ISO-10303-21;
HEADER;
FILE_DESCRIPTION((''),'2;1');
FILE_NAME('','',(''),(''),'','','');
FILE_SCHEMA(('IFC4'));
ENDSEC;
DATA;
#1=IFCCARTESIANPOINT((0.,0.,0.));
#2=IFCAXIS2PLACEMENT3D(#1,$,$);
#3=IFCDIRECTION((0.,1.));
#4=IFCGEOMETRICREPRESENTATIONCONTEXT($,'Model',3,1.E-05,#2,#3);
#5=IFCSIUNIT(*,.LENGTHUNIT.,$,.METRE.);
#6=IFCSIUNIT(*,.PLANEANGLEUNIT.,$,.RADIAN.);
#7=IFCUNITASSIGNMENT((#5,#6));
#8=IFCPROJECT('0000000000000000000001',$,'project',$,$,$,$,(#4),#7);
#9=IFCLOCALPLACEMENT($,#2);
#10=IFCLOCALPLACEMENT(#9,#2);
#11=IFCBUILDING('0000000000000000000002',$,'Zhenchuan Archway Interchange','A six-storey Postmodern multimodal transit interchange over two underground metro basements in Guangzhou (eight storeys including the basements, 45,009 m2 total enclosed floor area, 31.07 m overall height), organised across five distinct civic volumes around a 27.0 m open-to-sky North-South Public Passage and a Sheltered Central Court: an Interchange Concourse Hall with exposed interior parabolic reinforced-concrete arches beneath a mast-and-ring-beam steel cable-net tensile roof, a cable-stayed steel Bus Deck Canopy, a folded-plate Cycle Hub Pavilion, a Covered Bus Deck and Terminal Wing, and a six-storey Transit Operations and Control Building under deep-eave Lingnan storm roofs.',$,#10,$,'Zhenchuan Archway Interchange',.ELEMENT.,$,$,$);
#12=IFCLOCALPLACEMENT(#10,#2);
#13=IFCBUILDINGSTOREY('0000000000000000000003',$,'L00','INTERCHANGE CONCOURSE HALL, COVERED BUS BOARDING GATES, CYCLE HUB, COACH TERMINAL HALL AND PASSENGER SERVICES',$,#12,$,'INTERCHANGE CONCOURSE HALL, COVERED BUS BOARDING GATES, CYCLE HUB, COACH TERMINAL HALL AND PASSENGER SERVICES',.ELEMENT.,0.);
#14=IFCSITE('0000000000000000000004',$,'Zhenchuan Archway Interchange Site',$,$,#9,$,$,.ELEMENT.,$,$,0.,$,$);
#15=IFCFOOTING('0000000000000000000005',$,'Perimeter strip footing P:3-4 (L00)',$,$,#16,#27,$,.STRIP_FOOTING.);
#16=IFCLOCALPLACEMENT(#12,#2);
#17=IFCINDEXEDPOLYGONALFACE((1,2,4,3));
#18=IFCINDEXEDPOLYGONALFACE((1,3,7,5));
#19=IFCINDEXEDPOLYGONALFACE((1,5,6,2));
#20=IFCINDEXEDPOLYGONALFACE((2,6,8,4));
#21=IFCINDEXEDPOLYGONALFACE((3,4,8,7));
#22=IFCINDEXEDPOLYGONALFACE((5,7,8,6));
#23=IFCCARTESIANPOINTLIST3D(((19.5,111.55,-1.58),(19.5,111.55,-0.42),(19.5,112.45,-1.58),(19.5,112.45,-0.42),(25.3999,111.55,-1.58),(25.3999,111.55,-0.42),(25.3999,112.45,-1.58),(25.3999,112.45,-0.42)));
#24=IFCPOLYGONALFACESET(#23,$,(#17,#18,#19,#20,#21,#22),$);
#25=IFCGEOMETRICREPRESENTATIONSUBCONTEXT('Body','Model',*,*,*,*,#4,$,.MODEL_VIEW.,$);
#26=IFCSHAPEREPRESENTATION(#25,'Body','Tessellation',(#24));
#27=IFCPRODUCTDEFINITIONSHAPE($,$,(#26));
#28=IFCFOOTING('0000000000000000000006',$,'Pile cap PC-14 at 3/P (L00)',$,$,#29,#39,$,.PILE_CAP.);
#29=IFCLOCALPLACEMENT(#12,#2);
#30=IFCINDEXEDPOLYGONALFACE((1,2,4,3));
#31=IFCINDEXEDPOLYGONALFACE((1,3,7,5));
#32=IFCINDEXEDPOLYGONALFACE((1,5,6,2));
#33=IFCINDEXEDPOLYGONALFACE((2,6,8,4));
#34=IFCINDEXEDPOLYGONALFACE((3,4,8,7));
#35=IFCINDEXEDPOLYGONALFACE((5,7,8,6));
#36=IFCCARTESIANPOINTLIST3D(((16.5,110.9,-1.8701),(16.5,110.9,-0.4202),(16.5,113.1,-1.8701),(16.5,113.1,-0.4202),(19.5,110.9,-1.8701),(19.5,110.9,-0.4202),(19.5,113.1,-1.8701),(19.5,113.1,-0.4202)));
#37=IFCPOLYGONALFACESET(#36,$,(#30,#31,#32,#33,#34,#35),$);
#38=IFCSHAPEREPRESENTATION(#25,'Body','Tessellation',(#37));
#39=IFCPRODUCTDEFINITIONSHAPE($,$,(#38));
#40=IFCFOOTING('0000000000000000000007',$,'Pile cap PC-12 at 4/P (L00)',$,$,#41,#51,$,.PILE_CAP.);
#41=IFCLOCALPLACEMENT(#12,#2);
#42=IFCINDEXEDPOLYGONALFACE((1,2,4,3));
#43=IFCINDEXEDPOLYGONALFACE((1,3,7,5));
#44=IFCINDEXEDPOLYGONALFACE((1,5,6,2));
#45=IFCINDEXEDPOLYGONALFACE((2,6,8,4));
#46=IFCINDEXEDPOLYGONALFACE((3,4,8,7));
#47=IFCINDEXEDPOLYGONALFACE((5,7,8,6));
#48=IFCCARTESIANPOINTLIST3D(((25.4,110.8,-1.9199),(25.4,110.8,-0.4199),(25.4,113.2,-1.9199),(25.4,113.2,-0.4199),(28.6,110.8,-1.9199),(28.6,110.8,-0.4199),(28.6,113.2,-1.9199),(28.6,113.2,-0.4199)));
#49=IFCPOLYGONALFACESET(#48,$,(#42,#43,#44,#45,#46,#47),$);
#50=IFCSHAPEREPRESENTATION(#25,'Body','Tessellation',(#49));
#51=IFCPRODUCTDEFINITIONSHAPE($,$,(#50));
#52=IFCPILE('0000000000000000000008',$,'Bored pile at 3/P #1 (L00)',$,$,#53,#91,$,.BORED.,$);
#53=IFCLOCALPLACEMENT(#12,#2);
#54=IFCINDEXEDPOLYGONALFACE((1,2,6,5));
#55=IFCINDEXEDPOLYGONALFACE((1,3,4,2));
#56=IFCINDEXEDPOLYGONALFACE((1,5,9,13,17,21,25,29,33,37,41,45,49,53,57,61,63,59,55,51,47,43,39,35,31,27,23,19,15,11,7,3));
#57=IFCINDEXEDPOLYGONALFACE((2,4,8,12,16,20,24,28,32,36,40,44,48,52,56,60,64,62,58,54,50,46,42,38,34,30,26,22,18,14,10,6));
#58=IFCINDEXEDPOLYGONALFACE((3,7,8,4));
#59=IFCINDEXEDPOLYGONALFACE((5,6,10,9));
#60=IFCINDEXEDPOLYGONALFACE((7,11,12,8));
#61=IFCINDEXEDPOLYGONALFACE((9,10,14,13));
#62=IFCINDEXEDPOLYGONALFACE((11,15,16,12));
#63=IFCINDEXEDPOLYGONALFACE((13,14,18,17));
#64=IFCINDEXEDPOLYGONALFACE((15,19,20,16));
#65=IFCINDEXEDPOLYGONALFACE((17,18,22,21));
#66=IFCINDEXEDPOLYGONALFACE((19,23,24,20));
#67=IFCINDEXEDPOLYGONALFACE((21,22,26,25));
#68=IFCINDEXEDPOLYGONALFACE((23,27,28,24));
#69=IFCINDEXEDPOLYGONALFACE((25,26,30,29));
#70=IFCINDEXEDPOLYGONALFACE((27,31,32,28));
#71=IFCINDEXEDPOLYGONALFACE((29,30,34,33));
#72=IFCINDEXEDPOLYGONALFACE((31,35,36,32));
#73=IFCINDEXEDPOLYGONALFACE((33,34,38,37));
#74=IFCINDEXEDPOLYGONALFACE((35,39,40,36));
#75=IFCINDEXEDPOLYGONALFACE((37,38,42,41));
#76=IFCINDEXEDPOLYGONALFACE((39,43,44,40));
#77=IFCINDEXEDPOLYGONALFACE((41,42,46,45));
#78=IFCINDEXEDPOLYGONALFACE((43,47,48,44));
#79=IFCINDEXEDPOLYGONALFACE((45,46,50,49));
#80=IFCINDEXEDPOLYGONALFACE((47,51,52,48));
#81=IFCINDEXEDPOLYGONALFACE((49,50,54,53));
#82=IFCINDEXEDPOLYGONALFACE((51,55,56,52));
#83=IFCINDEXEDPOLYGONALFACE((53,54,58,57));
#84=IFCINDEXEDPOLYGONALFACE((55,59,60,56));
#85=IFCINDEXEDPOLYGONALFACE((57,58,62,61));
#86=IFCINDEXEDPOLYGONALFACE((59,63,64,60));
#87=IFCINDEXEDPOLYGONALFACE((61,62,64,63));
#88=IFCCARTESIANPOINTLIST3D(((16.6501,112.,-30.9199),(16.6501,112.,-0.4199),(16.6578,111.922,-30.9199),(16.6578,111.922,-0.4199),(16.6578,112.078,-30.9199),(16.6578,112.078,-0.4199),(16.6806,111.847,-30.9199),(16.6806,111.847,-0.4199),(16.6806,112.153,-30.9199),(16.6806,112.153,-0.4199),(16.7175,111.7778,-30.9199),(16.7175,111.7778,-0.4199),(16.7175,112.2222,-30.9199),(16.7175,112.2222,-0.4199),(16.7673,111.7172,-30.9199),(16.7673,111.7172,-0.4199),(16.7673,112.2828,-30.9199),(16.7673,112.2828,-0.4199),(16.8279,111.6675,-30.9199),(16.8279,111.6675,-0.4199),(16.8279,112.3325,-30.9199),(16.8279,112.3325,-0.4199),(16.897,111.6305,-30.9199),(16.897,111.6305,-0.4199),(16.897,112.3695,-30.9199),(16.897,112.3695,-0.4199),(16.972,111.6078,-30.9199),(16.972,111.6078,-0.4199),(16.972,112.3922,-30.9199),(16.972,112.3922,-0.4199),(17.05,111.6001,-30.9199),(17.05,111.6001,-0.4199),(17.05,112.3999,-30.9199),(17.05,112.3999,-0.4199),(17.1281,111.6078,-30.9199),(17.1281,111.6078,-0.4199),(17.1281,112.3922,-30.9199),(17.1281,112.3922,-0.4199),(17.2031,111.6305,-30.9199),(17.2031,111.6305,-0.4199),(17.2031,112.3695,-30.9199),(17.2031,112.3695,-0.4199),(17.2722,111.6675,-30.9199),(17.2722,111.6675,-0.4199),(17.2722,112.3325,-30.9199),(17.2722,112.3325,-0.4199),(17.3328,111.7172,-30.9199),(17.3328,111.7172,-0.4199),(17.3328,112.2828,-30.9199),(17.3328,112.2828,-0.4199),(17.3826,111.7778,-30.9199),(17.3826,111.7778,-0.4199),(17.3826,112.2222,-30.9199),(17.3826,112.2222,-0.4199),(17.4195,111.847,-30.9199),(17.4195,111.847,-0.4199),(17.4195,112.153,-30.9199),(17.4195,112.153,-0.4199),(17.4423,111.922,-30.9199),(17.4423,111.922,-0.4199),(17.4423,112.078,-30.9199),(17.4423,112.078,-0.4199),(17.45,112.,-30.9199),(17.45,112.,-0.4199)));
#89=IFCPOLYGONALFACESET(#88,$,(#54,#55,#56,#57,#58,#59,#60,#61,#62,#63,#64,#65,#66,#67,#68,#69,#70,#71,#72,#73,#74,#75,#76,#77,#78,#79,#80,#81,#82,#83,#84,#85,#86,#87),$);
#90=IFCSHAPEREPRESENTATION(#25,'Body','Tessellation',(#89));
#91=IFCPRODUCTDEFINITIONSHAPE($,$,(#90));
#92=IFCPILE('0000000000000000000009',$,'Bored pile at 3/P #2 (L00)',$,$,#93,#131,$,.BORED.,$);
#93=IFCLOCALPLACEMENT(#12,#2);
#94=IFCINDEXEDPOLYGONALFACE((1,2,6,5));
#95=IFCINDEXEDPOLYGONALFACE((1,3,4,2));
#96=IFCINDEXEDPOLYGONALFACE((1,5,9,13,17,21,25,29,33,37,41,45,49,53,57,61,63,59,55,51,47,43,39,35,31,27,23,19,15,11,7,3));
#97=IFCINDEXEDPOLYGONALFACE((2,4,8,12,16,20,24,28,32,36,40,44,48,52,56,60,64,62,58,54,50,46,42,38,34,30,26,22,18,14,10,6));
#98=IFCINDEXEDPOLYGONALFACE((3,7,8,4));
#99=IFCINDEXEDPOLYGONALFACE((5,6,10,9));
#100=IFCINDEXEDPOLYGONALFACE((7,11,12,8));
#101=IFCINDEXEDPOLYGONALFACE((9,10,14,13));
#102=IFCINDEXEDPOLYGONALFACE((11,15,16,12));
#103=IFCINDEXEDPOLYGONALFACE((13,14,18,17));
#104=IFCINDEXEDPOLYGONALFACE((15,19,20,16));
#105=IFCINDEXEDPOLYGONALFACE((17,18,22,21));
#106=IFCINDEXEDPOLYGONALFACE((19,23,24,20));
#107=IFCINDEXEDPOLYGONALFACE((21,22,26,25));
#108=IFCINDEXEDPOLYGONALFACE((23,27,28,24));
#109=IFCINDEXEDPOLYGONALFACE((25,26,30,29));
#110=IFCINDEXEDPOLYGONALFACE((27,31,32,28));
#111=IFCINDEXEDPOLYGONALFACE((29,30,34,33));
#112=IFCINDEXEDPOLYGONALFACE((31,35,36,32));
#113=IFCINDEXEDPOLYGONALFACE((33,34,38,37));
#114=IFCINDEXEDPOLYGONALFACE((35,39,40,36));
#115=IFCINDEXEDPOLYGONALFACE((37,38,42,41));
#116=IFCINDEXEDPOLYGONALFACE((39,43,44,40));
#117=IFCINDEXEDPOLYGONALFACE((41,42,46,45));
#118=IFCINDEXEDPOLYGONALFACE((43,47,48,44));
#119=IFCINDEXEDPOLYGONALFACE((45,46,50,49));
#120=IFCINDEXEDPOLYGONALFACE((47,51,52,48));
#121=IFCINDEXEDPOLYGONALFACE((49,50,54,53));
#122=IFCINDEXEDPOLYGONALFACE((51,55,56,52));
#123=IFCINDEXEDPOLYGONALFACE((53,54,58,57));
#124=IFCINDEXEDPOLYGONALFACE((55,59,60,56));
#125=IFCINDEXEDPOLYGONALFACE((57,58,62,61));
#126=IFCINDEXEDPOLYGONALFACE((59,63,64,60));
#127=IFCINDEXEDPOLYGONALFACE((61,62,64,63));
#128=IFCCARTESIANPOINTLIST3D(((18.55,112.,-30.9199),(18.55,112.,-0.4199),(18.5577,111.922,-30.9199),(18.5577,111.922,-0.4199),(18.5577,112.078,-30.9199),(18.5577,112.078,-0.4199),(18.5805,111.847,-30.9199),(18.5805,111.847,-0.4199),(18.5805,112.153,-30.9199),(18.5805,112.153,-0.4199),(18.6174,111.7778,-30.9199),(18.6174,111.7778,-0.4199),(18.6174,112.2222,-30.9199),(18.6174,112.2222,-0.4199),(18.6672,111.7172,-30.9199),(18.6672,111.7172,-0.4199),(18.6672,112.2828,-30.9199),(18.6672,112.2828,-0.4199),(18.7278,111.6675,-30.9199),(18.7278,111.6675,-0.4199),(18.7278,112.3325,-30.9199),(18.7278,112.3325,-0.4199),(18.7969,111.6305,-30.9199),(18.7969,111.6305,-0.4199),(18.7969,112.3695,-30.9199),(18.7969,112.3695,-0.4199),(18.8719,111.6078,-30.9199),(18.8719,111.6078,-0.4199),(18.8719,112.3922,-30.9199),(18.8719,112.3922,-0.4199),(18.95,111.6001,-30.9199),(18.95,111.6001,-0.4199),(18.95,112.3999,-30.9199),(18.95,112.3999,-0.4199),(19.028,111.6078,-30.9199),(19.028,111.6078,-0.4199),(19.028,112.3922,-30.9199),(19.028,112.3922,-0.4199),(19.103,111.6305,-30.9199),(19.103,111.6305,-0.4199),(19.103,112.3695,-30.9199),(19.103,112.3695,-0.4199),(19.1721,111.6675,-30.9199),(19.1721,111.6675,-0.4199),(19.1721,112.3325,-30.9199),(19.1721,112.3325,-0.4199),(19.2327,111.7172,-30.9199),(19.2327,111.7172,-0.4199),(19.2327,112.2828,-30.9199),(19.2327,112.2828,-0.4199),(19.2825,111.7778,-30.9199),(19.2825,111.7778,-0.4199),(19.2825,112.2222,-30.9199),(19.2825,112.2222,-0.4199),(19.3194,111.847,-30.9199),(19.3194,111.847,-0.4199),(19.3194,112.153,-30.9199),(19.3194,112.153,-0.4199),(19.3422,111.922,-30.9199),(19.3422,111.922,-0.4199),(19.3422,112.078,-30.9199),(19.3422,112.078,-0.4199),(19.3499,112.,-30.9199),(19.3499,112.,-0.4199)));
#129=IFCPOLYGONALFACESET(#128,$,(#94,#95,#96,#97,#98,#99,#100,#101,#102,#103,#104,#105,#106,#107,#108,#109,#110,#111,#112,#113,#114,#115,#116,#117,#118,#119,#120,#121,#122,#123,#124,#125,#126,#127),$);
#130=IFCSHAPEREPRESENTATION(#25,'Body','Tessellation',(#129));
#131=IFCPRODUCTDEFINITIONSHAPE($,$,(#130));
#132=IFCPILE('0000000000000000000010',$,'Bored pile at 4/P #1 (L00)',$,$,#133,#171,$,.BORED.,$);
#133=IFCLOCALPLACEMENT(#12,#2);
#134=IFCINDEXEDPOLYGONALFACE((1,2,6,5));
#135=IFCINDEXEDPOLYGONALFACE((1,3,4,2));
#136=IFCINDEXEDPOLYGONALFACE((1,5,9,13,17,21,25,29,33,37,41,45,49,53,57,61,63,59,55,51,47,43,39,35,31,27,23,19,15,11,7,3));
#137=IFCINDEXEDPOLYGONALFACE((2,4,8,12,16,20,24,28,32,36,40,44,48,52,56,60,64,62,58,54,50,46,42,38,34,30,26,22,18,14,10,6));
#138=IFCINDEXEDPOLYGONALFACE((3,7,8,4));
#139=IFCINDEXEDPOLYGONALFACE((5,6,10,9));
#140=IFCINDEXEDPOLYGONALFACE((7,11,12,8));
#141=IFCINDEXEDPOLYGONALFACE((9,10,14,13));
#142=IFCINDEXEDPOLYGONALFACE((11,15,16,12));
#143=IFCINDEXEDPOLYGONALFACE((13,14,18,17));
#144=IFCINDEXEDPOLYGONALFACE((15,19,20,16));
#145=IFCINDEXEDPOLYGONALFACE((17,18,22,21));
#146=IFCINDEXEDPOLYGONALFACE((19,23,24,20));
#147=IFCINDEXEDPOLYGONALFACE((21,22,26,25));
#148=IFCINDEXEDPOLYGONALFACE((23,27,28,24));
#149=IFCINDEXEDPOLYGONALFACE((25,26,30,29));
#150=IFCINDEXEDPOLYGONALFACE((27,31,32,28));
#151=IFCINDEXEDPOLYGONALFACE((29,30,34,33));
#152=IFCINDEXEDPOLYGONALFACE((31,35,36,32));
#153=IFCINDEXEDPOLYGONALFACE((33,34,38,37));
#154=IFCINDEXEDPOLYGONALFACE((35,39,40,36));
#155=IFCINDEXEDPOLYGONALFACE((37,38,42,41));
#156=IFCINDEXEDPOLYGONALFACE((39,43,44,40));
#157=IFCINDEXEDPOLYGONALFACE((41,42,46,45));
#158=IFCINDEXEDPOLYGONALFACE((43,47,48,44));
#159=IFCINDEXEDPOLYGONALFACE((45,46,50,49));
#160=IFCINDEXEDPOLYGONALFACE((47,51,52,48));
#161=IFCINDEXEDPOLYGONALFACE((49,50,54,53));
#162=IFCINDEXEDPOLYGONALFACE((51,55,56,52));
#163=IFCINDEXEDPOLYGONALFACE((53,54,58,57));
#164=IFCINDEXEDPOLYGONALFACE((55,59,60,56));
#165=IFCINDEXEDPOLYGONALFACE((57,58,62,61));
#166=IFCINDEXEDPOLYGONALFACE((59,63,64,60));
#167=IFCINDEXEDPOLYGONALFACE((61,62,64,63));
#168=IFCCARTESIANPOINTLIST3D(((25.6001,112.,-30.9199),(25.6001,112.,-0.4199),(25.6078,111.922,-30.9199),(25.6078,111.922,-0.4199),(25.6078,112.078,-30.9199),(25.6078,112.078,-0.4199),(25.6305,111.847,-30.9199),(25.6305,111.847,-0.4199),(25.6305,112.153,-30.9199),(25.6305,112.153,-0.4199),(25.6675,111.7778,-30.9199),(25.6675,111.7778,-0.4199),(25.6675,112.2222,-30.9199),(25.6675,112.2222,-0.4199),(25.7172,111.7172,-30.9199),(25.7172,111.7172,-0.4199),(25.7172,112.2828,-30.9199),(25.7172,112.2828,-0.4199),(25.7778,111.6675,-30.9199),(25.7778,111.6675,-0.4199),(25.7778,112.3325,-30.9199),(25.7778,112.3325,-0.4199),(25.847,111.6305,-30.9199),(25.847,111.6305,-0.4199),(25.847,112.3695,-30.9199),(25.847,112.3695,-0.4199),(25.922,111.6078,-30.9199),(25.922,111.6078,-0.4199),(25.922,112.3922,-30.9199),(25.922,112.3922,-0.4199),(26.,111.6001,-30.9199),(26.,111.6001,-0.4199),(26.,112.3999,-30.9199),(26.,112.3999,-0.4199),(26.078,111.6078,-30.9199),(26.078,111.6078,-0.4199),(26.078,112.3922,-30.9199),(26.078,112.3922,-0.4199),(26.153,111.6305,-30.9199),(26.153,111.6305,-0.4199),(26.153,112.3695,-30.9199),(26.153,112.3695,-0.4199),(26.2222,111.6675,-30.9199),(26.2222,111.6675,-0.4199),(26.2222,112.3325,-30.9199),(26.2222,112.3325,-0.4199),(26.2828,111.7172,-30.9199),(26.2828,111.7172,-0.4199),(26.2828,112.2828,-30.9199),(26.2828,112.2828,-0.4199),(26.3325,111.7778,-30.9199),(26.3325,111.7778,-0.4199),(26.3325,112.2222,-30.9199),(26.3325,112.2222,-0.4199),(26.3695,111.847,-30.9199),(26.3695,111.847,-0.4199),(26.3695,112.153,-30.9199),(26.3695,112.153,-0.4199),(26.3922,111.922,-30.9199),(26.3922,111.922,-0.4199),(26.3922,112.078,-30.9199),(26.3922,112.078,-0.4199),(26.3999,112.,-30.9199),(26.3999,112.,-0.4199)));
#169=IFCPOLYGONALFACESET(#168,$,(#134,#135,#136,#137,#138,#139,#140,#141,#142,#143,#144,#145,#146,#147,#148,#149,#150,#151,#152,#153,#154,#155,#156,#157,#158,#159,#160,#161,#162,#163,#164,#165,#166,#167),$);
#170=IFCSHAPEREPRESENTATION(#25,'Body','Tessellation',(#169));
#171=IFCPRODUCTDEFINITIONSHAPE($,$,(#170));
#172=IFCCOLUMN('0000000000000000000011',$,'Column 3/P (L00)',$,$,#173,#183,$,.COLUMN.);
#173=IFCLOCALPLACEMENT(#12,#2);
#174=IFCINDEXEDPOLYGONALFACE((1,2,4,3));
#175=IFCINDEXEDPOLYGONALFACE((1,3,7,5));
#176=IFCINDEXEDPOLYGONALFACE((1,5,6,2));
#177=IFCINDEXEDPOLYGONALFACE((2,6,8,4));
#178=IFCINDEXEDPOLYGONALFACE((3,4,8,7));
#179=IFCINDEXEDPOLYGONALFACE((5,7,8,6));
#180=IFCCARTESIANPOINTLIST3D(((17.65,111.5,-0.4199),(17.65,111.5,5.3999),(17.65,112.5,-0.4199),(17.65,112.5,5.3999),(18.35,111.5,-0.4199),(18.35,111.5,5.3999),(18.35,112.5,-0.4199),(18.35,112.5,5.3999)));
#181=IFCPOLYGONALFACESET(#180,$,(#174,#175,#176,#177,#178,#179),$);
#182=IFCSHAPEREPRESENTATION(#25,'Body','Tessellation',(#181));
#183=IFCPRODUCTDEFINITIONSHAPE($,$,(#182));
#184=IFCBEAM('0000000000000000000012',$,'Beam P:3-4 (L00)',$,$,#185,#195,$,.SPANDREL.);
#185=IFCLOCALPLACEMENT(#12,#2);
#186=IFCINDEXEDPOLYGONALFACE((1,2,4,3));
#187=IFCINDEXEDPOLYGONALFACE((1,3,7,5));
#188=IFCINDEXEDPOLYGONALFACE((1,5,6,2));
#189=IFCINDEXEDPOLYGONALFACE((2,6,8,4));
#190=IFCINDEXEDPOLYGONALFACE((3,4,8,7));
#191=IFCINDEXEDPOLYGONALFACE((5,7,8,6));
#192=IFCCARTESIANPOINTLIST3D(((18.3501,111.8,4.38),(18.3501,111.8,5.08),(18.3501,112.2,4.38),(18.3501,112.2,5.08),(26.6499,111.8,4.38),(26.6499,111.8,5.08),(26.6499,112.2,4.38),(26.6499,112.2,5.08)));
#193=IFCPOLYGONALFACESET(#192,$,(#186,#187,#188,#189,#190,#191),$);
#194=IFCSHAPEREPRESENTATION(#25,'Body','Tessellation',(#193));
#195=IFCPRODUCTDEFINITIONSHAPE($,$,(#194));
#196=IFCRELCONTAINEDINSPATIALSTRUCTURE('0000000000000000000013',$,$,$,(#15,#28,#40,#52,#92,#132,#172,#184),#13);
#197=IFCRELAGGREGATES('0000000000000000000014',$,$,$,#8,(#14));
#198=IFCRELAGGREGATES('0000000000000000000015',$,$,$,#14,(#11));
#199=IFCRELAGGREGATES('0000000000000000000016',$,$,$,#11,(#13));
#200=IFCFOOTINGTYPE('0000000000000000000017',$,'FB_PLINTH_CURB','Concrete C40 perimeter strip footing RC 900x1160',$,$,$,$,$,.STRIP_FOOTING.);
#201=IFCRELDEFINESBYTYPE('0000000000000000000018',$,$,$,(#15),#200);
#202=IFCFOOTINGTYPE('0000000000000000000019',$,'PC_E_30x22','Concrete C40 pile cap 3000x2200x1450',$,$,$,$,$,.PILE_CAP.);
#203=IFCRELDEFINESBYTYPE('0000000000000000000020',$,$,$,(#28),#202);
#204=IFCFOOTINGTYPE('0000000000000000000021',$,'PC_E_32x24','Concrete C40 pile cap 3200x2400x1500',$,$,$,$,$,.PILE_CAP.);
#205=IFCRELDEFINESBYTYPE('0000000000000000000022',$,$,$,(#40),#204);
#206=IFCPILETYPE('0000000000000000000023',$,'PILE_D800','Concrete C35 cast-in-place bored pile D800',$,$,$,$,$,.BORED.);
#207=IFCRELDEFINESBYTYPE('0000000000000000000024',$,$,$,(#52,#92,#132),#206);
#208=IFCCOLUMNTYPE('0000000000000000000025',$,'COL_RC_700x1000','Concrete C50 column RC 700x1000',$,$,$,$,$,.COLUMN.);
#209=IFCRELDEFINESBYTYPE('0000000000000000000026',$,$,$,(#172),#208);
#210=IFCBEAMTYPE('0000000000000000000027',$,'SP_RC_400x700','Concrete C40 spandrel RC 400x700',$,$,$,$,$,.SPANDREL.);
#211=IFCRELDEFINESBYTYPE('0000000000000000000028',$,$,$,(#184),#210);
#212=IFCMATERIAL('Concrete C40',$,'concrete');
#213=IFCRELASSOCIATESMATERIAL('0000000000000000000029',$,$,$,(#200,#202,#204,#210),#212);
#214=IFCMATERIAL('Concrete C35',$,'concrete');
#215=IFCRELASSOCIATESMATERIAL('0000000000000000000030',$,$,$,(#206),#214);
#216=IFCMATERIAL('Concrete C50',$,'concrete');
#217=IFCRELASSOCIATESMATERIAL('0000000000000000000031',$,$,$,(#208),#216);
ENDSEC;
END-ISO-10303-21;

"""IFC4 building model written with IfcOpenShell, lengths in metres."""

from ifc_helpers import new_model, si_unit, direction, frame, origin, origin_2d, place, context, subcontext, project, spatial, rectangle, circle, extrude, material, material_profile, profile_set, type_object, element, save


model = new_model("IFC4")

# Units and contexts
model_context = context("Model", 3, precision=1e-05, world=origin(), true_north=direction((0.0, 1.0)))
body_context = subcontext(model_context, "Body", "Model", "MODEL_VIEW")
ifc_project = project(units=[si_unit("LENGTHUNIT", "METRE"), si_unit("PLANEANGLEUNIT", "RADIAN")], contexts=[model_context])

# Site, building, storey
site_placement = place(None, origin())
site = spatial("IfcSite", under=ifc_project, at=site_placement, Name="Zhenchuan Archway Interchange Site", CompositionType="ELEMENT", RefElevation=0.0)
building_placement = place(site_placement, origin())
building = spatial("IfcBuilding", under=site, at=building_placement, Name="Zhenchuan Archway Interchange", Description="A six-storey Postmodern multimodal transit interchange over two underground metro basements in Guangzhou (eight storeys including the basements, 45,009 m2 total enclosed floor area, 31.07 m overall height), organised across five distinct civic volumes around a 27.0 m open-to-sky North-South Public Passage and a Sheltered Central Court: an Interchange Concourse Hall with exposed interior parabolic reinforced-concrete arches beneath a mast-and-ring-beam steel cable-net tensile roof, a cable-stayed steel Bus Deck Canopy, a folded-plate Cycle Hub Pavilion, a Covered Bus Deck and Terminal Wing, and a six-storey Transit Operations and Control Building under deep-eave Lingnan storm roofs.", LongName="Zhenchuan Archway Interchange", CompositionType="ELEMENT")
storey_placement = place(building_placement, origin())
storey = spatial("IfcBuildingStorey", under=building, at=storey_placement, Name="L00", Description="INTERCHANGE CONCOURSE HALL, COVERED BUS BOARDING GATES, CYCLE HUB, COACH TERMINAL HALL AND PASSENGER SERVICES", LongName="INTERCHANGE CONCOURSE HALL, COVERED BUS BOARDING GATES, CYCLE HUB, COACH TERMINAL HALL AND PASSENGER SERVICES", CompositionType="ELEMENT", Elevation=0.0)

# Footings
ifc_material_1 = material(Name="Concrete C40", Category="concrete")
ifc_material_profile_1 = material_profile(ifc_material_1, rectangle(XDim=0.8999, YDim=1.1599, at=origin_2d()), Name="RC 900x1160")
ifc_profile_set_1 = profile_set([ifc_material_profile_1], Name="Concrete C40")
footing_type_1 = type_object("IfcFootingType", Name="FB_PLINTH_CURB", Description="Concrete C40 perimeter strip footing RC 900x1160", PredefinedType="STRIP_FOOTING", material=ifc_profile_set_1)
footing_1_placement = place(storey_placement, frame((19.5, 112.0, -1.0), z_axis=(1.0, 0.0, 0.0), x_axis=(0.0, 1.0, 0.0)))
element("IfcFooting", 1, at=footing_1_placement, inside=storey, type_object=footing_type_1, Name="Perimeter strip footing P:3-4 (L00)", PredefinedType="STRIP_FOOTING", context=body_context, shape_type="SweptSolid", body=[
    extrude(rectangle(XDim=0.8999, YDim=1.1599, at=origin_2d()), origin(), (0.0, 0.0, 1.0), 5.8999),
])
footing_type_2 = type_object("IfcFootingType", Name="PC_E_30x22", Description="Concrete C40 pile cap 3000x2200x1450", PredefinedType="PILE_CAP", material=ifc_material_1)
footing_2_placement = place(storey_placement, frame((18.0, 112.0, -1.8701), z_axis=(0.0, 0.0, 1.0), x_axis=(1.0, 0.0, 0.0)))
element("IfcFooting", 2, at=footing_2_placement, inside=storey, type_object=footing_type_2, Name="Pile cap PC-14 at 3/P (L00)", PredefinedType="PILE_CAP", context=body_context, shape_type="SweptSolid", body=[
    extrude(rectangle(XDim=3.0, YDim=2.2, at=origin_2d()), origin(), (0.0, 0.0, 1.0), 1.45),
])
footing_type_3 = type_object("IfcFootingType", Name="PC_E_32x24", Description="Concrete C40 pile cap 3200x2400x1500", PredefinedType="PILE_CAP", material=ifc_material_1)
footing_3_placement = place(storey_placement, frame((27.0, 112.0, -1.9199), z_axis=(0.0, 0.0, 1.0), x_axis=(1.0, 0.0, 0.0)))
element("IfcFooting", 3, at=footing_3_placement, inside=storey, type_object=footing_type_3, Name="Pile cap PC-12 at 4/P (L00)", PredefinedType="PILE_CAP", context=body_context, shape_type="SweptSolid", body=[
    extrude(rectangle(XDim=3.2, YDim=2.3999, at=origin_2d()), origin(), (0.0, 0.0, 1.0), 1.5),
])

# Piles
ifc_material_2 = material(Name="Concrete C35", Category="concrete")
ifc_material_profile_2 = material_profile(ifc_material_2, circle(Radius=0.3999, at=origin_2d()), Name="BORED PILE 800")
ifc_profile_set_2 = profile_set([ifc_material_profile_2], Name="Concrete C35")
pile_type = type_object("IfcPileType", Name="PILE_D800", Description="Concrete C35 cast-in-place bored pile D800", PredefinedType="BORED", material=ifc_profile_set_2)
for number, where, z_axis, x_axis, name in (
    (4, (17.05, 112.0, -0.4199), (0.0, 0.0, -1.0), (1.0, 0.0, 0.0), "Bored pile at 3/P #1 (L00)"),
    (5, (18.95, 112.0, -0.4199), (0.0, 0.0, -1.0), (1.0, 0.0, 0.0), "Bored pile at 3/P #2 (L00)"),
    (6, (26.0, 112.0, -0.4199), (0.0, 0.0, -1.0), (1.0, 0.0, 0.0), "Bored pile at 4/P #1 (L00)"),
):
    element("IfcPile", number, at=place(storey_placement, frame(where, z_axis=z_axis, x_axis=x_axis)), inside=storey, type_object=pile_type, Name=name, PredefinedType="BORED", context=body_context, shape_type="SweptSolid", body=[
        extrude(circle(Radius=0.3999, at=origin_2d()), origin(), (0.0, 0.0, 1.0), 30.5),
    ])

# Column
ifc_material_3 = material(Name="Concrete C50", Category="concrete")
ifc_material_profile_3 = material_profile(ifc_material_3, rectangle(XDim=0.7, YDim=1.0, at=origin_2d()), Name="RC 700x1000")
ifc_profile_set_3 = profile_set([ifc_material_profile_3], Name="Concrete C50")
column_type = type_object("IfcColumnType", Name="COL_RC_700x1000", Description="Concrete C50 column RC 700x1000", PredefinedType="COLUMN", material=ifc_profile_set_3)
column_placement = place(storey_placement, frame((18.0, 112.0, -0.4199), z_axis=(0.0, 0.0, 1.0), x_axis=(1.0, 0.0, 0.0)))
element("IfcColumn", 7, at=column_placement, inside=storey, type_object=column_type, Name="Column 3/P (L00)", PredefinedType="COLUMN", context=body_context, shape_type="SweptSolid", body=[
    extrude(rectangle(XDim=0.7, YDim=1.0, at=origin_2d()), origin(), (0.0, 0.0, 1.0), 5.8198),
])

# Beam
ifc_material_profile_4 = material_profile(ifc_material_1, rectangle(XDim=0.3999, YDim=0.7, at=origin_2d()), Name="RC 400x700")
ifc_profile_set_4 = profile_set([ifc_material_profile_4], Name="Concrete C40")
beam_type = type_object("IfcBeamType", Name="SP_RC_400x700", Description="Concrete C40 spandrel RC 400x700", PredefinedType="SPANDREL", material=ifc_profile_set_4)
beam_placement = place(storey_placement, frame((18.3501, 112.0, 4.73), z_axis=(1.0, 0.0, 0.0), x_axis=(0.0, 1.0, 0.0)))
element("IfcBeam", 8, at=beam_placement, inside=storey, type_object=beam_type, Name="Beam P:3-4 (L00)", PredefinedType="SPANDREL", context=body_context, shape_type="SweptSolid", body=[
    extrude(rectangle(XDim=0.3999, YDim=0.7, at=origin_2d()), origin(), (0.0, 0.0, 1.0), 8.2998),
])

save(model, "model.ifc")
